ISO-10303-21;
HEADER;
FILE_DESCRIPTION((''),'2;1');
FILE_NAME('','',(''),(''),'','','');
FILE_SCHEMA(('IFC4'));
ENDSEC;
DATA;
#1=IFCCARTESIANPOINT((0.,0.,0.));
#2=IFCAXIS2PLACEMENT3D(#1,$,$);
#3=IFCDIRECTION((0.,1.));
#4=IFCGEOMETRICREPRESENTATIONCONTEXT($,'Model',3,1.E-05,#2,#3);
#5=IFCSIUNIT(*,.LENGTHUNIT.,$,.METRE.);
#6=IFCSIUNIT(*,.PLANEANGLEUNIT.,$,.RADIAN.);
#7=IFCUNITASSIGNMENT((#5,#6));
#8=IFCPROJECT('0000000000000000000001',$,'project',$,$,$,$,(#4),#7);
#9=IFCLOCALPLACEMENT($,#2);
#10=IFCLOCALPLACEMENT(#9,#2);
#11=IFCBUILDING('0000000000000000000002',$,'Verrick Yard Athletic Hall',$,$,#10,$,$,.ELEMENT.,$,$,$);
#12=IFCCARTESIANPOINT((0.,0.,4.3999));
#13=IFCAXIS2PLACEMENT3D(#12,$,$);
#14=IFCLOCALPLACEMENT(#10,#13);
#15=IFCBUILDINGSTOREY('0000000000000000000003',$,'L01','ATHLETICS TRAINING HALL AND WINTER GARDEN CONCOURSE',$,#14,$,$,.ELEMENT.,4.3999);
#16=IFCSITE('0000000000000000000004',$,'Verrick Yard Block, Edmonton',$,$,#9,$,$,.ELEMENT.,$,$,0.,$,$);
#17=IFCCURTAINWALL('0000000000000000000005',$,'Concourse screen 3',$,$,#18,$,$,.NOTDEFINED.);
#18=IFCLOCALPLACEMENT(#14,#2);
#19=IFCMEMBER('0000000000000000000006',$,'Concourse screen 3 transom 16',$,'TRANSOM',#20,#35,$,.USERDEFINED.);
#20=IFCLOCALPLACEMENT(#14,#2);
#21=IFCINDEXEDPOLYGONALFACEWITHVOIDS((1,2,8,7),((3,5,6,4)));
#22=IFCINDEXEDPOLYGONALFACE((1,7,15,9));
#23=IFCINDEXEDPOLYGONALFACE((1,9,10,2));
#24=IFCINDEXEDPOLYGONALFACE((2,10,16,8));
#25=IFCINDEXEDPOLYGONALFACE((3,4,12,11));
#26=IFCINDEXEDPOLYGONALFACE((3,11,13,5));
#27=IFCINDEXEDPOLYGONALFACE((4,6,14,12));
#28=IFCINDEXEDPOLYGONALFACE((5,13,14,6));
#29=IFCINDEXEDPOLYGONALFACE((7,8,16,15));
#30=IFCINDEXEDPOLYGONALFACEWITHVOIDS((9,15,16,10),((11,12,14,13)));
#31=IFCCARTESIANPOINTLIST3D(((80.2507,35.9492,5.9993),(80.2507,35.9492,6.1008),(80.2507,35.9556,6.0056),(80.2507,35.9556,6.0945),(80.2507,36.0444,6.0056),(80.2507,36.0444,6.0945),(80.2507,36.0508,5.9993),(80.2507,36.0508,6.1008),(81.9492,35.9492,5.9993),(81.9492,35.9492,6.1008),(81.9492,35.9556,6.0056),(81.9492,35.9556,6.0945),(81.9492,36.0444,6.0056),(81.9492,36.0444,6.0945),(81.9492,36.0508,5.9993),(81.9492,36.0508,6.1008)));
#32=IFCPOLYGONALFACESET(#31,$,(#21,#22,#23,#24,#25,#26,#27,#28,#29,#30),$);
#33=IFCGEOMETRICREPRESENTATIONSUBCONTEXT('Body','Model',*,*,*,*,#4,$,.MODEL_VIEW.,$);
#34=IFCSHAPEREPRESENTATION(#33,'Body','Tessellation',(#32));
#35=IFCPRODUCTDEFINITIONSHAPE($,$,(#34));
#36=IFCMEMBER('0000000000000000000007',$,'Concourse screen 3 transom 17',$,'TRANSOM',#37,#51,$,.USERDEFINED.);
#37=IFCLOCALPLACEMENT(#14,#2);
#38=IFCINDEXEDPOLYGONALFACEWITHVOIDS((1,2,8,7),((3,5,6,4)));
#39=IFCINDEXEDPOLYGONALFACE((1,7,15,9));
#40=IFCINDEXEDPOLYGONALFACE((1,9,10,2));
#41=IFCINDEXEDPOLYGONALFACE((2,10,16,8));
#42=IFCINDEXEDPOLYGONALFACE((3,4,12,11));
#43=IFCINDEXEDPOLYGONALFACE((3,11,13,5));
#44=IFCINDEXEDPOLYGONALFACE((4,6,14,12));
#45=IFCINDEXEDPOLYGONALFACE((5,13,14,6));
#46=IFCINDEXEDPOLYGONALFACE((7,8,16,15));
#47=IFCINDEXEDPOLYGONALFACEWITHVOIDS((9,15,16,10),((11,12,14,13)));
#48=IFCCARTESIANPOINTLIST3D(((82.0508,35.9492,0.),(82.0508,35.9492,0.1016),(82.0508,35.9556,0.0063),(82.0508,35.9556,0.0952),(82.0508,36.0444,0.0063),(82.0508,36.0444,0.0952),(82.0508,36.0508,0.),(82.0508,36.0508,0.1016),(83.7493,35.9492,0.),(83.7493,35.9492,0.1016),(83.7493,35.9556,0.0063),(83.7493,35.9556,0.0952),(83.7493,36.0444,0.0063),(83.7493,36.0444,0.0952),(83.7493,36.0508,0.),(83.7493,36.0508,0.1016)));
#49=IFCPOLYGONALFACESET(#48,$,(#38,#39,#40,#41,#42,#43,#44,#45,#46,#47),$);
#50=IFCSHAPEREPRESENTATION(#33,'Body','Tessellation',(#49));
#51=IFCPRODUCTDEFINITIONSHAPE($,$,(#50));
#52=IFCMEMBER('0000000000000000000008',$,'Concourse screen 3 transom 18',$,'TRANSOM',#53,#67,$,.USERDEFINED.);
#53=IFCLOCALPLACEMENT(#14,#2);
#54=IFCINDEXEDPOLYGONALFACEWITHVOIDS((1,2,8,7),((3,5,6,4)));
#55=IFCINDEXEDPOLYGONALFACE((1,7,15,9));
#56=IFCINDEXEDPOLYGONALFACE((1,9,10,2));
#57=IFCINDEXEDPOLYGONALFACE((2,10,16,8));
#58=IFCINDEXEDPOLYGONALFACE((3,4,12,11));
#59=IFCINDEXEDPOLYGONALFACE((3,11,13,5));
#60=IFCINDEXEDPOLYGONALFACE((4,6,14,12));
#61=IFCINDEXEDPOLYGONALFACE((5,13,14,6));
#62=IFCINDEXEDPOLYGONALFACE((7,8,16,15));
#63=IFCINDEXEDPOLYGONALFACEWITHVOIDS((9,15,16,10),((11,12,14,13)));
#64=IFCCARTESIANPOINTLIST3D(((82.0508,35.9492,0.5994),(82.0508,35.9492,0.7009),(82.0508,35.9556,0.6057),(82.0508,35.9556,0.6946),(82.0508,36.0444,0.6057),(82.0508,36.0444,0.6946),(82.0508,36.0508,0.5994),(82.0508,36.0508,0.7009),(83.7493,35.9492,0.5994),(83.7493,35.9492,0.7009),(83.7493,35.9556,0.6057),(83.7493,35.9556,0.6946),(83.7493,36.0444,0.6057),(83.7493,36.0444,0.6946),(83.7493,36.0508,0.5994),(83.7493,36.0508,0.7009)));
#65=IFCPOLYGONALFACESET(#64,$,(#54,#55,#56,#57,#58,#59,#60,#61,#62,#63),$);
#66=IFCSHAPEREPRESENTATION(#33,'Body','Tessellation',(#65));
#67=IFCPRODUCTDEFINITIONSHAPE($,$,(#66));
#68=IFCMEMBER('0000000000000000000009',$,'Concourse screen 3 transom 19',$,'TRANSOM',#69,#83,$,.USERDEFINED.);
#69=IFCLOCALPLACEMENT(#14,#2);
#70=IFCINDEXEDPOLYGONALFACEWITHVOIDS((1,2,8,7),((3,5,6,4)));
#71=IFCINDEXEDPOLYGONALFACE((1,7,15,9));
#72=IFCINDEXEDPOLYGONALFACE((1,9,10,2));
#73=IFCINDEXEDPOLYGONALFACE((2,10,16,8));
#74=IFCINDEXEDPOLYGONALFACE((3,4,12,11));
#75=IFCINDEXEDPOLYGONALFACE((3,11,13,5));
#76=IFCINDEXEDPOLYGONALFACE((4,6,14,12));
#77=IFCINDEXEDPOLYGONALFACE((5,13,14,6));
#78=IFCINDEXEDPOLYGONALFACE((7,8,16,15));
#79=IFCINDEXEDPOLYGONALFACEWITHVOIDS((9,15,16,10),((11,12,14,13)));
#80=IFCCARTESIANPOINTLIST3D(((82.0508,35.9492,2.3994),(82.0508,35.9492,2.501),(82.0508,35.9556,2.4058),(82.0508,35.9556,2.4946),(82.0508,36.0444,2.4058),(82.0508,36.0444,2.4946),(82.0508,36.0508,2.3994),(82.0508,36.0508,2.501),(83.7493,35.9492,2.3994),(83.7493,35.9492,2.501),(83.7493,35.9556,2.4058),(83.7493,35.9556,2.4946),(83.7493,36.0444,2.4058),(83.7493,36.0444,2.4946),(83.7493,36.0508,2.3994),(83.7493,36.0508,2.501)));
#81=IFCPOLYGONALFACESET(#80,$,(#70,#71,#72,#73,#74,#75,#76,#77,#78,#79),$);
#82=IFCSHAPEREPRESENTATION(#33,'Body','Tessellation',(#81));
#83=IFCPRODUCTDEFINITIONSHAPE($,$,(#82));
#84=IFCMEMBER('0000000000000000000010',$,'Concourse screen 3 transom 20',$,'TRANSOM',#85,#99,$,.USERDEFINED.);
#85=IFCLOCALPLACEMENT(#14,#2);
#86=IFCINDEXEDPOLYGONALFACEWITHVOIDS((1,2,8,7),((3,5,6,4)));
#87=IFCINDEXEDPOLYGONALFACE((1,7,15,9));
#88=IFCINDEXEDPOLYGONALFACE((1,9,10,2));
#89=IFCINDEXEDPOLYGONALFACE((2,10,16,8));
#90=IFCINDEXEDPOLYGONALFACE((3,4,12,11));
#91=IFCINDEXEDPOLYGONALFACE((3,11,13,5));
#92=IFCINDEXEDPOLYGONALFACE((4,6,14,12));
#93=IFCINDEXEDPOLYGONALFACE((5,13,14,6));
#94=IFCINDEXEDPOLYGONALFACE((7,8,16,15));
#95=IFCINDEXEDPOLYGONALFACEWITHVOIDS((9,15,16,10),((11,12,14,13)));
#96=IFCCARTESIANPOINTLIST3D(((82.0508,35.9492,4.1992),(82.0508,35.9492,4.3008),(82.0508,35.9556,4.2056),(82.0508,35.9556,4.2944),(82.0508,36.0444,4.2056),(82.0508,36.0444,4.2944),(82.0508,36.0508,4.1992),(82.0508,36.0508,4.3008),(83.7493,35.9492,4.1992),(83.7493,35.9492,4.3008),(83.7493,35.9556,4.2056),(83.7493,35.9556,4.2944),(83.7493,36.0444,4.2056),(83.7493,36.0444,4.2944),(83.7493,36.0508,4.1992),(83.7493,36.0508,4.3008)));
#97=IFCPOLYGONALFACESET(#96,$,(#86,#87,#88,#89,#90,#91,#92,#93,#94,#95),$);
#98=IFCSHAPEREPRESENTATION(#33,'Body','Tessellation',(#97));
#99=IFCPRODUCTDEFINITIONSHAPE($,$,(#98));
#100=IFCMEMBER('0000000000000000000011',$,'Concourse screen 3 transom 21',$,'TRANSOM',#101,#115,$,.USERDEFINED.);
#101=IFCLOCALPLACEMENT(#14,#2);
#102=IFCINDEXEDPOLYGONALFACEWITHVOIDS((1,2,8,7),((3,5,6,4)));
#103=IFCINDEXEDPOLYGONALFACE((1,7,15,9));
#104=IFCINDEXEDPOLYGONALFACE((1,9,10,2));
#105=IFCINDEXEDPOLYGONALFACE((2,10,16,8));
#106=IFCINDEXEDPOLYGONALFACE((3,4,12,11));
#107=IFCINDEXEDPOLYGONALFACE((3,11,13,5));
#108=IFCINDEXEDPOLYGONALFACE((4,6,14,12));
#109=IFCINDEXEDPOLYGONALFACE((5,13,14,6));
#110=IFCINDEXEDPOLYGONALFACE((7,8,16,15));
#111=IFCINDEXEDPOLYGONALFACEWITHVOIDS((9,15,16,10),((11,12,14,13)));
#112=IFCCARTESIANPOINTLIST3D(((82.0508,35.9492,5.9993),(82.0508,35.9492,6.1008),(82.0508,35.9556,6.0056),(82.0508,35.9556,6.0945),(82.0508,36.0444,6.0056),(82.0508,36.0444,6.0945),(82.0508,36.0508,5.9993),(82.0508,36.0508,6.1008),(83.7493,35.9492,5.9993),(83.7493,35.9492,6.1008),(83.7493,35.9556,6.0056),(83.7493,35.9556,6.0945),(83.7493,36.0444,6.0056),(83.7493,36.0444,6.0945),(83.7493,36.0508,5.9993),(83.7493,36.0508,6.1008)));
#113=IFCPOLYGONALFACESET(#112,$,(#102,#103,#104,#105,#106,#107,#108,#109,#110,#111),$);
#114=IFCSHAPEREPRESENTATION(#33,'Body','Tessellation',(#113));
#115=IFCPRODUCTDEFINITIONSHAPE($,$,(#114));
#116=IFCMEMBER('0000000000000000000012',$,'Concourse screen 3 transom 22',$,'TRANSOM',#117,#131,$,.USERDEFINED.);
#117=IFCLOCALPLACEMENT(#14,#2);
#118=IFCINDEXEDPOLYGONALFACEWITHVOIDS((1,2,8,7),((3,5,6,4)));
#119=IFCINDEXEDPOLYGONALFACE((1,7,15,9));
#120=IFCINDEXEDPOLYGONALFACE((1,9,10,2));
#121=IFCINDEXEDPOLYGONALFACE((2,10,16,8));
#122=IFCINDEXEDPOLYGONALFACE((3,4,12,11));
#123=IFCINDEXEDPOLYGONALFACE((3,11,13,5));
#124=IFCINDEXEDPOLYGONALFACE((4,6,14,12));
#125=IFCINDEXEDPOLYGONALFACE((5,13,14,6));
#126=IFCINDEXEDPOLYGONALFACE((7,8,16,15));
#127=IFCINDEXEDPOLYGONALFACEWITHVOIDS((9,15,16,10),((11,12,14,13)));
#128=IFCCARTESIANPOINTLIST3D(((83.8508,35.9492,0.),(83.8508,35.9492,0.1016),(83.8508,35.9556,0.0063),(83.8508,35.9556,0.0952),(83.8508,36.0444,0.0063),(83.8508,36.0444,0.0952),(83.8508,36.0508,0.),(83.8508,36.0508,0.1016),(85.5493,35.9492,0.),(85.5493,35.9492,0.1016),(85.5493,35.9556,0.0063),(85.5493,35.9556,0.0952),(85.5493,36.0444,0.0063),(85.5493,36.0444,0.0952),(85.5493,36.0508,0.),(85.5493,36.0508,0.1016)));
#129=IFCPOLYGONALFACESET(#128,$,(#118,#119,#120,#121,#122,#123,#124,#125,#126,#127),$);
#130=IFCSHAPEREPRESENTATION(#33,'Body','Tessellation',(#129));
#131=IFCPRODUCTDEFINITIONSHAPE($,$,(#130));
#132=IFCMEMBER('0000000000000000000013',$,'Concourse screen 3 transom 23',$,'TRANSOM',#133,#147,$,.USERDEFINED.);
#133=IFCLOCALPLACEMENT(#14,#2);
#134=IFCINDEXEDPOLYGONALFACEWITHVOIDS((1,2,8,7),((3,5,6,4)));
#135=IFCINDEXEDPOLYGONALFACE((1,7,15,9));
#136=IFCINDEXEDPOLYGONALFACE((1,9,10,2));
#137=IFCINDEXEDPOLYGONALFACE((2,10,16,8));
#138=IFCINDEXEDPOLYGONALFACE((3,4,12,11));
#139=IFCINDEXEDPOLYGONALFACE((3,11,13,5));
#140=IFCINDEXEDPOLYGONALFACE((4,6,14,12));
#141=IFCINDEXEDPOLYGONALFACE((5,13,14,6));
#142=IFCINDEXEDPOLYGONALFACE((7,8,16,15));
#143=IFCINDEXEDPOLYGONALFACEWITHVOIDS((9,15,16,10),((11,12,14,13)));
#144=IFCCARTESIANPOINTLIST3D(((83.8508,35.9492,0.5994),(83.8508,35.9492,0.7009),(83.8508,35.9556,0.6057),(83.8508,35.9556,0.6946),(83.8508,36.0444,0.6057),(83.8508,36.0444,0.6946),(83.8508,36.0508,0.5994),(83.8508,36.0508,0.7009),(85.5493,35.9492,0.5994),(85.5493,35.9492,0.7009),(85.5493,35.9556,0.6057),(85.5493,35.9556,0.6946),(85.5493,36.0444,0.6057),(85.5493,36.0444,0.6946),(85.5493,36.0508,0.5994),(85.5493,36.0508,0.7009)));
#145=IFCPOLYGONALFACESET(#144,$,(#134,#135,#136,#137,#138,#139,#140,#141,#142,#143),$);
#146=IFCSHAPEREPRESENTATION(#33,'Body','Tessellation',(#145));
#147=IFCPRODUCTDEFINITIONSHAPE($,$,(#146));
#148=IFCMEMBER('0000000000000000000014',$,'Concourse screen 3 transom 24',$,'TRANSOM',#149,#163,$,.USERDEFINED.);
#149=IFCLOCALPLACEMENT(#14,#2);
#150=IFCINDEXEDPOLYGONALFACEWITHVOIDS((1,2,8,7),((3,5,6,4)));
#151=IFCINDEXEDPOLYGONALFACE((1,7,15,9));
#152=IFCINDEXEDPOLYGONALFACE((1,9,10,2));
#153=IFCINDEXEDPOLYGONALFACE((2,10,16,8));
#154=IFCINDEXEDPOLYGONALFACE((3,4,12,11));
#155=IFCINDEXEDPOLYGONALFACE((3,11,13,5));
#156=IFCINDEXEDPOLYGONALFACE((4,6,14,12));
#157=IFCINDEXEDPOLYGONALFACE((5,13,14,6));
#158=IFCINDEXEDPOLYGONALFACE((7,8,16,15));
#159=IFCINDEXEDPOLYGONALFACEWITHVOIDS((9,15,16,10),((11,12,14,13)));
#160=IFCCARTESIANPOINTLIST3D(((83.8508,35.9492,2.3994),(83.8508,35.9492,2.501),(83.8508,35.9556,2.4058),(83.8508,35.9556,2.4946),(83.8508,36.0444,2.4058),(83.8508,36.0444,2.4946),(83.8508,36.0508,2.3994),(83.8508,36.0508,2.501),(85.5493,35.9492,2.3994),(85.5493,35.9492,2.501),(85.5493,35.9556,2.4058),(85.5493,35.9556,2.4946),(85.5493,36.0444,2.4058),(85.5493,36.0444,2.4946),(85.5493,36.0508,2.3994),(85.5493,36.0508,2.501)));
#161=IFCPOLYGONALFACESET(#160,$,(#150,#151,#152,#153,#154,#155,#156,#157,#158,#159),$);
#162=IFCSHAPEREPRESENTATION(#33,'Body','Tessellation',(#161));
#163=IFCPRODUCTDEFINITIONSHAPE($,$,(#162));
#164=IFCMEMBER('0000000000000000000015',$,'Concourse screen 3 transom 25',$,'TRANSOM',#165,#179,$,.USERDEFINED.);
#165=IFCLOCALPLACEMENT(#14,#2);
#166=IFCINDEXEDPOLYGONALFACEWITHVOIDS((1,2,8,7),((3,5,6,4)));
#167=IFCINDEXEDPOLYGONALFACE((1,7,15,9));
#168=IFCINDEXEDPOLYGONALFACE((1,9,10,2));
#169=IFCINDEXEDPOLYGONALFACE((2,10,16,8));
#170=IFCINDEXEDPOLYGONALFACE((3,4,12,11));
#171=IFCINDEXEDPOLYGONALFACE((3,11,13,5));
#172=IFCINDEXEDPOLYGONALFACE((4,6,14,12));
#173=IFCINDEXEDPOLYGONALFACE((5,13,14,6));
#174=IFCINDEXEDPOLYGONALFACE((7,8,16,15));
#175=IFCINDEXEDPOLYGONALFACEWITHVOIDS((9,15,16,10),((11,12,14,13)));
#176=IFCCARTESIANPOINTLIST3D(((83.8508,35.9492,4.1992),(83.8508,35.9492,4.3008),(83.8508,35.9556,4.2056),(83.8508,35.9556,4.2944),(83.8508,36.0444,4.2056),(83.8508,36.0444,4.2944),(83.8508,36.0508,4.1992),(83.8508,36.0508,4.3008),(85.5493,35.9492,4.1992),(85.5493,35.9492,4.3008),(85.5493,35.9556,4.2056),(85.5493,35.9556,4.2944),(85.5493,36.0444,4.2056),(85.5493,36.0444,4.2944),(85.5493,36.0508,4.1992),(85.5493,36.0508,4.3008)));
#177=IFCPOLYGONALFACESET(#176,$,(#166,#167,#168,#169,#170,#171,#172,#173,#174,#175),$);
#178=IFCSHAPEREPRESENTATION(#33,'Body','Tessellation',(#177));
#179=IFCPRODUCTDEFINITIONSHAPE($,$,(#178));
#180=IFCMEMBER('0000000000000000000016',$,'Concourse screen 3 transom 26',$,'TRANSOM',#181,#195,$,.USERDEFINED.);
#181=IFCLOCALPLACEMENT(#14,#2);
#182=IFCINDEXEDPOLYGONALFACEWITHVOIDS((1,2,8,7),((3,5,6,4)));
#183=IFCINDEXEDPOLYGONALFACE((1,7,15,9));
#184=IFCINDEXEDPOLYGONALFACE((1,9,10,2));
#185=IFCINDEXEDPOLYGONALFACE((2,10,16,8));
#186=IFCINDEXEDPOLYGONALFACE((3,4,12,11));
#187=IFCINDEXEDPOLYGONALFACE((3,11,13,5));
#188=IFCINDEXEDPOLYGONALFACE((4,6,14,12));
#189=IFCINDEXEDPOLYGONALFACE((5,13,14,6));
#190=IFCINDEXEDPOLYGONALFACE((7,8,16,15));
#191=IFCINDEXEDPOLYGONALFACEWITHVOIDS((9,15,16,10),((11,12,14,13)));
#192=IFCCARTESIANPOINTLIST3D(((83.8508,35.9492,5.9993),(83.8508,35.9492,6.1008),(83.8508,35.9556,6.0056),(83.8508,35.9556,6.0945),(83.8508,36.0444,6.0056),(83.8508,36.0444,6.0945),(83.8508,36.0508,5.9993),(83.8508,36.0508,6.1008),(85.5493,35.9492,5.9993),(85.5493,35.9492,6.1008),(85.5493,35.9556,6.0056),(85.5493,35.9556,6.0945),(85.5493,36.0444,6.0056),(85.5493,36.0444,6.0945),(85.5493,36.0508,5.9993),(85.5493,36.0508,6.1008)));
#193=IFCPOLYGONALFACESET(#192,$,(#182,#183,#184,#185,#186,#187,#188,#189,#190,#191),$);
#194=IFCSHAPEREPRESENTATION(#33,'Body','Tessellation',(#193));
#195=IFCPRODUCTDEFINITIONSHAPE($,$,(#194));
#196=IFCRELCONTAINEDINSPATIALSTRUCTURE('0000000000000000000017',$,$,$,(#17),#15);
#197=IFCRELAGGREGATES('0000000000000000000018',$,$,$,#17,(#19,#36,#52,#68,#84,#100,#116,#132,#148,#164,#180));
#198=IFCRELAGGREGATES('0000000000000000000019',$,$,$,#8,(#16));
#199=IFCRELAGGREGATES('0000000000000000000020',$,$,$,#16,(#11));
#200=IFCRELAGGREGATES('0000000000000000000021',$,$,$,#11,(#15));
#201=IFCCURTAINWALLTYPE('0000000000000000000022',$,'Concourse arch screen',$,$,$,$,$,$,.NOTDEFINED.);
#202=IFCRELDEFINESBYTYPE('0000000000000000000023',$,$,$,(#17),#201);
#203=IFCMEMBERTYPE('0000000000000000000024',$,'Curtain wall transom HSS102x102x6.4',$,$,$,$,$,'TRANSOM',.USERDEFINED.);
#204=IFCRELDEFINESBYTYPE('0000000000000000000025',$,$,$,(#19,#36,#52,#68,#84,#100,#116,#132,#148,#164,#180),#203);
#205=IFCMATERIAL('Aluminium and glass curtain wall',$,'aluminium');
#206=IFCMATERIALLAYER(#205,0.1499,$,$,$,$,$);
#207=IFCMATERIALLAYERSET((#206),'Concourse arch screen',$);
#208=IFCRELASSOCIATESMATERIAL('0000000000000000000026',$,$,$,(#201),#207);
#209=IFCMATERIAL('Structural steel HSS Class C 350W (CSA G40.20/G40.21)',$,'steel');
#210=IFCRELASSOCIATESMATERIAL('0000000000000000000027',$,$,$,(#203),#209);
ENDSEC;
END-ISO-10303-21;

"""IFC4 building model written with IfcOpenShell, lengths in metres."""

from ifc_helpers import new_model, si_unit, direction, frame, origin, origin_2d, place, context, subcontext, project, spatial, hollow_rectangle, extrude, material, layer, layer_set, material_profile, profile_set, type_object, element, aggregate, save


model = new_model("IFC4")

# Units and contexts
model_context = context("Model", 3, precision=1e-05, world=origin(), true_north=direction((0.0, 1.0)))
body_context = subcontext(model_context, "Body", "Model", "MODEL_VIEW")
ifc_project = project(units=[si_unit("LENGTHUNIT", "METRE"), si_unit("PLANEANGLEUNIT", "RADIAN")], contexts=[model_context])

# Site, building, storey
site_placement = place(None, origin())
site = spatial("IfcSite", under=ifc_project, at=site_placement, Name="Verrick Yard Block, Edmonton", CompositionType="ELEMENT", RefElevation=0.0)
building_placement = place(site_placement, origin())
building = spatial("IfcBuilding", under=site, at=building_placement, Name="Verrick Yard Athletic Hall", CompositionType="ELEMENT")
storey_placement = place(building_placement, frame((0.0, 0.0, 4.3999)))
storey = spatial("IfcBuildingStorey", under=building, at=storey_placement, Name="L01", Description="ATHLETICS TRAINING HALL AND WINTER GARDEN CONCOURSE", CompositionType="ELEMENT", Elevation=4.3999)

# Curtain wall, members
ifc_material_1 = material(Name="Aluminium and glass curtain wall", Category="aluminium")
ifc_layer_1 = layer(ifc_material_1, 0.1499)
ifc_layer_set_1 = layer_set([ifc_layer_1], Name="Concourse arch screen")
curtain_wall_type = type_object("IfcCurtainWallType", Name="Concourse arch screen", PredefinedType="NOTDEFINED", material=ifc_layer_set_1)
curtain_wall_placement = place(storey_placement, origin())
curtain_wall = element("IfcCurtainWall", 1, at=curtain_wall_placement, inside=storey, type_object=curtain_wall_type, Name="Concourse screen 3", PredefinedType="NOTDEFINED")
ifc_material_2 = material(Name="Structural steel HSS Class C 350W (CSA G40.20/G40.21)", Category="steel")
ifc_material_profile_1 = material_profile(ifc_material_2, hollow_rectangle(XDim=0.1016, YDim=0.1016, WallThickness=0.0063, at=origin_2d()), Name="HSS102x102x6.4")
ifc_profile_set_1 = profile_set([ifc_material_profile_1], Name="Structural steel HSS Class C 350W (CSA G40.20/G40.21)")
member_type_1 = type_object("IfcMemberType", Name="Curtain wall transom HSS102x102x6.4", ElementType="TRANSOM", PredefinedType="USERDEFINED", material=ifc_profile_set_1)
member_1_placement = place(storey_placement, frame((80.2507, 36.0, 6.05), z_axis=(1.0, 0.0, 0.0), x_axis=(0.0, 1.0, 0.0)))
member_1 = element("IfcMember", 2, at=member_1_placement, type_object=member_type_1, Name="Concourse screen 3 transom 16", ObjectType="TRANSOM", PredefinedType="USERDEFINED", context=body_context, shape_type="SweptSolid", body=[
    extrude(hollow_rectangle(XDim=0.1016, YDim=0.1016, WallThickness=0.0063, at=origin_2d()), origin(), (0.0, 0.0, 1.0), 1.6985),
])
member_2_placement = place(storey_placement, frame((82.0508, 36.0, 0.0508), z_axis=(1.0, 0.0, 0.0), x_axis=(0.0, 1.0, 0.0)))
member_2 = element("IfcMember", 3, at=member_2_placement, type_object=member_type_1, Name="Concourse screen 3 transom 17", ObjectType="TRANSOM", PredefinedType="USERDEFINED", context=body_context, shape_type="SweptSolid", body=[
    extrude(hollow_rectangle(XDim=0.1016, YDim=0.1016, WallThickness=0.0063, at=origin_2d()), origin(), (0.0, 0.0, 1.0), 1.6985),
])
member_3_placement = place(storey_placement, frame((82.0508, 36.0, 0.6501), z_axis=(1.0, 0.0, 0.0), x_axis=(0.0, 1.0, 0.0)))
member_3 = element("IfcMember", 4, at=member_3_placement, type_object=member_type_1, Name="Concourse screen 3 transom 18", ObjectType="TRANSOM", PredefinedType="USERDEFINED", context=body_context, shape_type="SweptSolid", body=[
    extrude(hollow_rectangle(XDim=0.1016, YDim=0.1016, WallThickness=0.0063, at=origin_2d()), origin(), (0.0, 0.0, 1.0), 1.6985),
])
member_4_placement = place(storey_placement, frame((82.0508, 36.0, 2.4502), z_axis=(1.0, 0.0, 0.0), x_axis=(0.0, 1.0, 0.0)))
member_4 = element("IfcMember", 5, at=member_4_placement, type_object=member_type_1, Name="Concourse screen 3 transom 19", ObjectType="TRANSOM", PredefinedType="USERDEFINED", context=body_context, shape_type="SweptSolid", body=[
    extrude(hollow_rectangle(XDim=0.1016, YDim=0.1016, WallThickness=0.0063, at=origin_2d()), origin(), (0.0, 0.0, 1.0), 1.6985),
])
member_5_placement = place(storey_placement, frame((82.0508, 36.0, 4.25), z_axis=(1.0, 0.0, 0.0), x_axis=(0.0, 1.0, 0.0)))
member_5 = element("IfcMember", 6, at=member_5_placement, type_object=member_type_1, Name="Concourse screen 3 transom 20", ObjectType="TRANSOM", PredefinedType="USERDEFINED", context=body_context, shape_type="SweptSolid", body=[
    extrude(hollow_rectangle(XDim=0.1016, YDim=0.1016, WallThickness=0.0063, at=origin_2d()), origin(), (0.0, 0.0, 1.0), 1.6985),
])
member_6_placement = place(storey_placement, frame((82.0508, 36.0, 6.05), z_axis=(1.0, 0.0, 0.0), x_axis=(0.0, 1.0, 0.0)))
member_6 = element("IfcMember", 7, at=member_6_placement, type_object=member_type_1, Name="Concourse screen 3 transom 21", ObjectType="TRANSOM", PredefinedType="USERDEFINED", context=body_context, shape_type="SweptSolid", body=[
    extrude(hollow_rectangle(XDim=0.1016, YDim=0.1016, WallThickness=0.0063, at=origin_2d()), origin(), (0.0, 0.0, 1.0), 1.6985),
])
member_7_placement = place(storey_placement, frame((83.8508, 36.0, 0.0508), z_axis=(1.0, 0.0, 0.0), x_axis=(0.0, 1.0, 0.0)))
member_7 = element("IfcMember", 8, at=member_7_placement, type_object=member_type_1, Name="Concourse screen 3 transom 22", ObjectType="TRANSOM", PredefinedType="USERDEFINED", context=body_context, shape_type="SweptSolid", body=[
    extrude(hollow_rectangle(XDim=0.1016, YDim=0.1016, WallThickness=0.0063, at=origin_2d()), origin(), (0.0, 0.0, 1.0), 1.6985),
])
member_8_placement = place(storey_placement, frame((83.8508, 36.0, 0.6501), z_axis=(1.0, 0.0, 0.0), x_axis=(0.0, 1.0, 0.0)))
member_8 = element("IfcMember", 9, at=member_8_placement, type_object=member_type_1, Name="Concourse screen 3 transom 23", ObjectType="TRANSOM", PredefinedType="USERDEFINED", context=body_context, shape_type="SweptSolid", body=[
    extrude(hollow_rectangle(XDim=0.1016, YDim=0.1016, WallThickness=0.0063, at=origin_2d()), origin(), (0.0, 0.0, 1.0), 1.6985),
])
member_9_placement = place(storey_placement, frame((83.8508, 36.0, 2.4502), z_axis=(1.0, 0.0, 0.0), x_axis=(0.0, 1.0, 0.0)))
member_9 = element("IfcMember", 10, at=member_9_placement, type_object=member_type_1, Name="Concourse screen 3 transom 24", ObjectType="TRANSOM", PredefinedType="USERDEFINED", context=body_context, shape_type="SweptSolid", body=[
    extrude(hollow_rectangle(XDim=0.1016, YDim=0.1016, WallThickness=0.0063, at=origin_2d()), origin(), (0.0, 0.0, 1.0), 1.6985),
])
member_10_placement = place(storey_placement, frame((83.8508, 36.0, 4.25), z_axis=(1.0, 0.0, 0.0), x_axis=(0.0, 1.0, 0.0)))
member_10 = element("IfcMember", 11, at=member_10_placement, type_object=member_type_1, Name="Concourse screen 3 transom 25", ObjectType="TRANSOM", PredefinedType="USERDEFINED", context=body_context, shape_type="SweptSolid", body=[
    extrude(hollow_rectangle(XDim=0.1016, YDim=0.1016, WallThickness=0.0063, at=origin_2d()), origin(), (0.0, 0.0, 1.0), 1.6985),
])
member_11_placement = place(storey_placement, frame((83.8508, 36.0, 6.05), z_axis=(1.0, 0.0, 0.0), x_axis=(0.0, 1.0, 0.0)))
member_11 = element("IfcMember", 12, at=member_11_placement, type_object=member_type_1, Name="Concourse screen 3 transom 26", ObjectType="TRANSOM", PredefinedType="USERDEFINED", context=body_context, shape_type="SweptSolid", body=[
    extrude(hollow_rectangle(XDim=0.1016, YDim=0.1016, WallThickness=0.0063, at=origin_2d()), origin(), (0.0, 0.0, 1.0), 1.6985),
])
aggregate(curtain_wall, [member_1, member_2, member_3, member_4, member_5, member_6, member_7, member_8, member_9, member_10, member_11])

save(model, "model.ifc")
